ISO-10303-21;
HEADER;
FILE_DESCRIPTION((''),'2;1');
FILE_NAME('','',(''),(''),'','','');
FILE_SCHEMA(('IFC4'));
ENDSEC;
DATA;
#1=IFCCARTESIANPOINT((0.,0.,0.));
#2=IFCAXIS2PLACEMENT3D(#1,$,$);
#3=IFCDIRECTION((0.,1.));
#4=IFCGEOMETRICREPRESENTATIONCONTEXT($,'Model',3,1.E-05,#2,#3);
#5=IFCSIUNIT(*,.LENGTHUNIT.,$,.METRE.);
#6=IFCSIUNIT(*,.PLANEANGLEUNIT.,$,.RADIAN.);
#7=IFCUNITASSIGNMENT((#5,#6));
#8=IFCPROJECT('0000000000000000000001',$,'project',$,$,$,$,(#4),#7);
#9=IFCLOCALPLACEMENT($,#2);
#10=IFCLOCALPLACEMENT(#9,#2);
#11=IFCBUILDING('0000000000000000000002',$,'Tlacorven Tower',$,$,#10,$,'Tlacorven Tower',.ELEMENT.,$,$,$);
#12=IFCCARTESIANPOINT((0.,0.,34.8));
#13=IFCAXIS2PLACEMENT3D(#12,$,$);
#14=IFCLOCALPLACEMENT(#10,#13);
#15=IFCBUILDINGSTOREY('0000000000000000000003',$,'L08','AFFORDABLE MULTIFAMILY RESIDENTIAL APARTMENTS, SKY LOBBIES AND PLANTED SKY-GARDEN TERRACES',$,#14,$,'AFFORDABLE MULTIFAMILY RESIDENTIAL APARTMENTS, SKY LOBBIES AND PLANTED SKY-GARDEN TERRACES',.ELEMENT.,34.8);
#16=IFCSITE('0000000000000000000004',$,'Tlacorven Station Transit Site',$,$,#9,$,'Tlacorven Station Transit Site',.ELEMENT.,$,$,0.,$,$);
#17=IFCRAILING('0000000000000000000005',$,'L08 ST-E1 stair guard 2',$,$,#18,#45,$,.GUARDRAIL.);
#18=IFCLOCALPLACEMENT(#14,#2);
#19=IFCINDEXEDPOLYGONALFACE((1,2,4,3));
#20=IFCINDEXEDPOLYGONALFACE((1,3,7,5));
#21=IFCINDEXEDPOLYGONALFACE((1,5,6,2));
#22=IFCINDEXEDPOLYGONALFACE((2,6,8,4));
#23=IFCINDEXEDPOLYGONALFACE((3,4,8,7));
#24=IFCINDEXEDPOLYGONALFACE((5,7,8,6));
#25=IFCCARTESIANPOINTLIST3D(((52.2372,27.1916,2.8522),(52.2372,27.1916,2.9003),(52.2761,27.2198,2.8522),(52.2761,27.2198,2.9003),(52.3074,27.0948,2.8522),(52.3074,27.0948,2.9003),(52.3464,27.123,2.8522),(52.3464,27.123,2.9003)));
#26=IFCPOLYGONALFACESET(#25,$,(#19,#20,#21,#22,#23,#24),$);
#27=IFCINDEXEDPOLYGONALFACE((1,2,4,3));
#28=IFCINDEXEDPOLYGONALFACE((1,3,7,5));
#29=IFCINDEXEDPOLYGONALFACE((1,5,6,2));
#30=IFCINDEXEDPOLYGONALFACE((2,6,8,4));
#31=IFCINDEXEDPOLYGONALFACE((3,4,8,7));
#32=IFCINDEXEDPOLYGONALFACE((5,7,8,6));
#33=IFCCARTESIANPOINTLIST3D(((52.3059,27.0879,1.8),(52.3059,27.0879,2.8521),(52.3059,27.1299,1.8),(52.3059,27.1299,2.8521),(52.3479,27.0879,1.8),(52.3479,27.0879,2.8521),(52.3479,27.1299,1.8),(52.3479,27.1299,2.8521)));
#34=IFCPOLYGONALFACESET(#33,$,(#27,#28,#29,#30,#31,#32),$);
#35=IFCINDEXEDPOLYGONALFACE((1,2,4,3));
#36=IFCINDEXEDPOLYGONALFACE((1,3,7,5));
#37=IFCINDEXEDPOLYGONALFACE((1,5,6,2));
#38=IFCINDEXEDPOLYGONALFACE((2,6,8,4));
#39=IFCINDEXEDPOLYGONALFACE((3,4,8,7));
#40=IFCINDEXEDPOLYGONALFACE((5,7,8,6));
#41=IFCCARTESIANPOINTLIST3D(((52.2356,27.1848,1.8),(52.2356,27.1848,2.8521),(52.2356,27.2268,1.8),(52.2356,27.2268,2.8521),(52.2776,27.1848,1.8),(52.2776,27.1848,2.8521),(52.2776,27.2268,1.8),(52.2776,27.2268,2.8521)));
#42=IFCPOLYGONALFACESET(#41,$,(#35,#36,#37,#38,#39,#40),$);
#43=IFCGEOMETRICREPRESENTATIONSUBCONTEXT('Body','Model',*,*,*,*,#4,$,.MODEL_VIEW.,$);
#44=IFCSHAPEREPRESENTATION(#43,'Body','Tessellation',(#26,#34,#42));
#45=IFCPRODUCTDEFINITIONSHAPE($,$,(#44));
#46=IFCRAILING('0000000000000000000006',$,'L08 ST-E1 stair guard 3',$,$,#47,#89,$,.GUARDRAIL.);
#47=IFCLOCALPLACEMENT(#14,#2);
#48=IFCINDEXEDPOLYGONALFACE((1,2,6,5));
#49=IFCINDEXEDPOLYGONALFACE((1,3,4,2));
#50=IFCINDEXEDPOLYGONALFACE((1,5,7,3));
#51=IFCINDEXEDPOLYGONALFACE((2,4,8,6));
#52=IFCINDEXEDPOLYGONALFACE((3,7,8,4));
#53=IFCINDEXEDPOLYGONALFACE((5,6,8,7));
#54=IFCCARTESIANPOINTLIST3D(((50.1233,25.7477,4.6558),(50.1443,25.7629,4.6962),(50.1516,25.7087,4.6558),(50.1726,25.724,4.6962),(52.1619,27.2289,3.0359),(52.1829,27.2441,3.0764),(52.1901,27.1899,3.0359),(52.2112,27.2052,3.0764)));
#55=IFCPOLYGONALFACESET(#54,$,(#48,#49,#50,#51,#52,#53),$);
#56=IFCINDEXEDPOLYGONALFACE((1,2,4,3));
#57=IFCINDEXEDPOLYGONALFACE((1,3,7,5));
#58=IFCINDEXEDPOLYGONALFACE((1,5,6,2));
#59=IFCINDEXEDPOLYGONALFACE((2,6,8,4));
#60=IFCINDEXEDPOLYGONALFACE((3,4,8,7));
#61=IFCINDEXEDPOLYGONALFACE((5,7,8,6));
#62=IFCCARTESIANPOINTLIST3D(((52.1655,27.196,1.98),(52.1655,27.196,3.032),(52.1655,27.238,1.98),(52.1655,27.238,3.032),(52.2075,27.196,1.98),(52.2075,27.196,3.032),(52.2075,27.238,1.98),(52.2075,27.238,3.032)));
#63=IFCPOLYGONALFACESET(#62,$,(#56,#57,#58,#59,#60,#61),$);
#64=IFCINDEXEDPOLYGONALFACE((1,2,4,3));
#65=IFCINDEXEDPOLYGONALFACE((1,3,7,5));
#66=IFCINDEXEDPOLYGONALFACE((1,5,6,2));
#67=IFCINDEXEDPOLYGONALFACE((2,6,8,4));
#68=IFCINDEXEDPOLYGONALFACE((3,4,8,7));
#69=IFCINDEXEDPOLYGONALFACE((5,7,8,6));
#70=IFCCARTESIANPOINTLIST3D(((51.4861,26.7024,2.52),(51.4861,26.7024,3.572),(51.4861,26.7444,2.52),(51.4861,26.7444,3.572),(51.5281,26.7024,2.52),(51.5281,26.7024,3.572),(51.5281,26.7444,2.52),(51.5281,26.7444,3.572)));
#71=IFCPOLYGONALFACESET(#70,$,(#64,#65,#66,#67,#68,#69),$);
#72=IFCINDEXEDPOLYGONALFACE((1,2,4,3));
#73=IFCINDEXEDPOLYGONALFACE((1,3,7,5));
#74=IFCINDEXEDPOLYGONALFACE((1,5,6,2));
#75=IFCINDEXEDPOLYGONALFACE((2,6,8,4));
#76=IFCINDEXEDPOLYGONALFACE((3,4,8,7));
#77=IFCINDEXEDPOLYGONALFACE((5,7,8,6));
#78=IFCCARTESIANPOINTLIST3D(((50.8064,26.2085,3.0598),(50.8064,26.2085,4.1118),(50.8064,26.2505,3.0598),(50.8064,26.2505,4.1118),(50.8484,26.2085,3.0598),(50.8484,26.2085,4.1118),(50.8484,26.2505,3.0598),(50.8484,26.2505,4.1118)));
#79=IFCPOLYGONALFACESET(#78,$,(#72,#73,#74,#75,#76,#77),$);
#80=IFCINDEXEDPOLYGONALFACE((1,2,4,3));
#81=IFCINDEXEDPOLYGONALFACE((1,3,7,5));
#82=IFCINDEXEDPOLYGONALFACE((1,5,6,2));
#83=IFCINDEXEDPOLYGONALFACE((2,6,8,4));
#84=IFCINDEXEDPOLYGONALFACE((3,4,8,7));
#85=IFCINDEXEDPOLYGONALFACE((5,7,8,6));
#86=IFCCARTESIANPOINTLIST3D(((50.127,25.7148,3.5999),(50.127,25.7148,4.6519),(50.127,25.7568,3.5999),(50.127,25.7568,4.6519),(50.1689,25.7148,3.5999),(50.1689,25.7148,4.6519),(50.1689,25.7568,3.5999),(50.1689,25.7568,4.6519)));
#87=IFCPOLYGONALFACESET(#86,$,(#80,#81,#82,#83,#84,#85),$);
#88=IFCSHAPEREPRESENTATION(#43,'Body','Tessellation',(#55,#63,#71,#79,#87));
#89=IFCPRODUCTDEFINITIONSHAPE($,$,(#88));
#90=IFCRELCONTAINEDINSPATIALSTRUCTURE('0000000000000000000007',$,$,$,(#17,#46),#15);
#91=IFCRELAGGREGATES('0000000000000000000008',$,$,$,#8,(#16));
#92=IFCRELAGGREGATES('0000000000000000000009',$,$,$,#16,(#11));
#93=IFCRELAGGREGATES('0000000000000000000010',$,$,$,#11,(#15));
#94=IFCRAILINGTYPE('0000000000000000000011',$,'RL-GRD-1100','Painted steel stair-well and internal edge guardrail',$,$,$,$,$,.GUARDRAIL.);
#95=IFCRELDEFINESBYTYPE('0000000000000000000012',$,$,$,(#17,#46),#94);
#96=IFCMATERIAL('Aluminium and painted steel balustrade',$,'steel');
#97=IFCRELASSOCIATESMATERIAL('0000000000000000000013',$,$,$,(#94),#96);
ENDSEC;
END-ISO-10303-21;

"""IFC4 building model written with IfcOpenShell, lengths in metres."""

from ifc_helpers import new_model, si_unit, direction, frame, origin, origin_2d, place, context, subcontext, project, spatial, rectangle, extrude, source, transform, mapped, material, type_object, element, save


model = new_model("IFC4")

# Units and contexts
model_context = context("Model", 3, precision=1e-05, world=origin(), true_north=direction((0.0, 1.0)))
body_context = subcontext(model_context, "Body", "Model", "MODEL_VIEW")
ifc_project = project(units=[si_unit("LENGTHUNIT", "METRE"), si_unit("PLANEANGLEUNIT", "RADIAN")], contexts=[model_context])

# Site, building, storey
site_placement = place(None, origin())
site = spatial("IfcSite", under=ifc_project, at=site_placement, Name="Tlacorven Station Transit Site", LongName="Tlacorven Station Transit Site", CompositionType="ELEMENT", RefElevation=0.0)
building_placement = place(site_placement, origin())
building = spatial("IfcBuilding", under=site, at=building_placement, Name="Tlacorven Tower", LongName="Tlacorven Tower", CompositionType="ELEMENT")
storey_placement = place(building_placement, frame((0.0, 0.0, 34.8)))
storey = spatial("IfcBuildingStorey", under=building, at=storey_placement, Name="L08", Description="AFFORDABLE MULTIFAMILY RESIDENTIAL APARTMENTS, SKY LOBBIES AND PLANTED SKY-GARDEN TERRACES", LongName="AFFORDABLE MULTIFAMILY RESIDENTIAL APARTMENTS, SKY LOBBIES AND PLANTED SKY-GARDEN TERRACES", CompositionType="ELEMENT", Elevation=34.8)

# Shared definitions
ifc_material_1 = material(Name="Aluminium and painted steel balustrade", Category="steel")
railing_type_1 = type_object("IfcRailingType", Name="RL-GRD-1100", Description="Painted steel stair-well and internal edge guardrail", PredefinedType="GUARDRAIL", material=ifc_material_1)

# Railings
shared_shape_1 = source(origin(), body_context, "Body", "SweptSolid", [
    extrude(rectangle(XDim=0.0481, YDim=0.0481, at=origin_2d()), frame((0.0, 0.0, 1.0762), z_axis=(-0.587201, 0.809441, 0.0), x_axis=(-0.809441, -0.587201, 0.0)), (0.0, 0.0, 1.0), 0.1196),
    extrude(rectangle(XDim=0.042, YDim=0.042, at=origin_2d()), origin(), (0.0, 0.0, 1.0), 1.052),
    extrude(rectangle(XDim=0.042, YDim=0.042, at=origin_2d()), frame((-0.0703, 0.0969, 0.0)), (0.0, 0.0, 1.0), 1.052),
])
railing_1_placement = place(storey_placement, frame((52.3269, 27.1089, 1.8)))
element("IfcRailing", 1, at=railing_1_placement, inside=storey, type_object=railing_type_1, Name="L08 ST-E1 stair guard 2", PredefinedType="GUARDRAIL", context=body_context, shape_type="MappedRepresentation", body=[
    mapped(shared_shape_1, transform((0.0, 0.0, 0.0), scale=1.0)),
])
shared_shape_2 = source(origin(), body_context, "Body", "SweptSolid", [
    extrude(rectangle(XDim=0.0481, YDim=0.0481, at=origin_2d()), frame((0.0, 0.0, 1.0762), z_axis=(-0.680519, -0.494456, 0.540747), x_axis=(0.587809, -0.809, 0.0)), (0.0, 0.0, 1.0), 2.9956),
    extrude(rectangle(XDim=0.042, YDim=0.042, at=origin_2d()), origin(), (0.0, 0.0, 1.0), 1.052),
    extrude(rectangle(XDim=0.042, YDim=0.042, at=origin_2d()), frame((-0.6794, -0.4937, 0.54)), (0.0, 0.0, 1.0), 1.052),
    extrude(rectangle(XDim=0.042, YDim=0.042, at=origin_2d()), frame((-1.3591, -0.9875, 1.0798)), (0.0, 0.0, 1.0), 1.052),
    extrude(rectangle(XDim=0.042, YDim=0.042, at=origin_2d()), frame((-2.0386, -1.4812, 1.6199)), (0.0, 0.0, 1.0), 1.052),
])
railing_2_placement = place(storey_placement, frame((52.1865, 27.217, 1.98)))
element("IfcRailing", 2, at=railing_2_placement, inside=storey, type_object=railing_type_1, Name="L08 ST-E1 stair guard 3", PredefinedType="GUARDRAIL", context=body_context, shape_type="MappedRepresentation", body=[
    mapped(shared_shape_2, transform((0.0, 0.0, 0.0), scale=1.0)),
])

save(model, "model.ifc")
